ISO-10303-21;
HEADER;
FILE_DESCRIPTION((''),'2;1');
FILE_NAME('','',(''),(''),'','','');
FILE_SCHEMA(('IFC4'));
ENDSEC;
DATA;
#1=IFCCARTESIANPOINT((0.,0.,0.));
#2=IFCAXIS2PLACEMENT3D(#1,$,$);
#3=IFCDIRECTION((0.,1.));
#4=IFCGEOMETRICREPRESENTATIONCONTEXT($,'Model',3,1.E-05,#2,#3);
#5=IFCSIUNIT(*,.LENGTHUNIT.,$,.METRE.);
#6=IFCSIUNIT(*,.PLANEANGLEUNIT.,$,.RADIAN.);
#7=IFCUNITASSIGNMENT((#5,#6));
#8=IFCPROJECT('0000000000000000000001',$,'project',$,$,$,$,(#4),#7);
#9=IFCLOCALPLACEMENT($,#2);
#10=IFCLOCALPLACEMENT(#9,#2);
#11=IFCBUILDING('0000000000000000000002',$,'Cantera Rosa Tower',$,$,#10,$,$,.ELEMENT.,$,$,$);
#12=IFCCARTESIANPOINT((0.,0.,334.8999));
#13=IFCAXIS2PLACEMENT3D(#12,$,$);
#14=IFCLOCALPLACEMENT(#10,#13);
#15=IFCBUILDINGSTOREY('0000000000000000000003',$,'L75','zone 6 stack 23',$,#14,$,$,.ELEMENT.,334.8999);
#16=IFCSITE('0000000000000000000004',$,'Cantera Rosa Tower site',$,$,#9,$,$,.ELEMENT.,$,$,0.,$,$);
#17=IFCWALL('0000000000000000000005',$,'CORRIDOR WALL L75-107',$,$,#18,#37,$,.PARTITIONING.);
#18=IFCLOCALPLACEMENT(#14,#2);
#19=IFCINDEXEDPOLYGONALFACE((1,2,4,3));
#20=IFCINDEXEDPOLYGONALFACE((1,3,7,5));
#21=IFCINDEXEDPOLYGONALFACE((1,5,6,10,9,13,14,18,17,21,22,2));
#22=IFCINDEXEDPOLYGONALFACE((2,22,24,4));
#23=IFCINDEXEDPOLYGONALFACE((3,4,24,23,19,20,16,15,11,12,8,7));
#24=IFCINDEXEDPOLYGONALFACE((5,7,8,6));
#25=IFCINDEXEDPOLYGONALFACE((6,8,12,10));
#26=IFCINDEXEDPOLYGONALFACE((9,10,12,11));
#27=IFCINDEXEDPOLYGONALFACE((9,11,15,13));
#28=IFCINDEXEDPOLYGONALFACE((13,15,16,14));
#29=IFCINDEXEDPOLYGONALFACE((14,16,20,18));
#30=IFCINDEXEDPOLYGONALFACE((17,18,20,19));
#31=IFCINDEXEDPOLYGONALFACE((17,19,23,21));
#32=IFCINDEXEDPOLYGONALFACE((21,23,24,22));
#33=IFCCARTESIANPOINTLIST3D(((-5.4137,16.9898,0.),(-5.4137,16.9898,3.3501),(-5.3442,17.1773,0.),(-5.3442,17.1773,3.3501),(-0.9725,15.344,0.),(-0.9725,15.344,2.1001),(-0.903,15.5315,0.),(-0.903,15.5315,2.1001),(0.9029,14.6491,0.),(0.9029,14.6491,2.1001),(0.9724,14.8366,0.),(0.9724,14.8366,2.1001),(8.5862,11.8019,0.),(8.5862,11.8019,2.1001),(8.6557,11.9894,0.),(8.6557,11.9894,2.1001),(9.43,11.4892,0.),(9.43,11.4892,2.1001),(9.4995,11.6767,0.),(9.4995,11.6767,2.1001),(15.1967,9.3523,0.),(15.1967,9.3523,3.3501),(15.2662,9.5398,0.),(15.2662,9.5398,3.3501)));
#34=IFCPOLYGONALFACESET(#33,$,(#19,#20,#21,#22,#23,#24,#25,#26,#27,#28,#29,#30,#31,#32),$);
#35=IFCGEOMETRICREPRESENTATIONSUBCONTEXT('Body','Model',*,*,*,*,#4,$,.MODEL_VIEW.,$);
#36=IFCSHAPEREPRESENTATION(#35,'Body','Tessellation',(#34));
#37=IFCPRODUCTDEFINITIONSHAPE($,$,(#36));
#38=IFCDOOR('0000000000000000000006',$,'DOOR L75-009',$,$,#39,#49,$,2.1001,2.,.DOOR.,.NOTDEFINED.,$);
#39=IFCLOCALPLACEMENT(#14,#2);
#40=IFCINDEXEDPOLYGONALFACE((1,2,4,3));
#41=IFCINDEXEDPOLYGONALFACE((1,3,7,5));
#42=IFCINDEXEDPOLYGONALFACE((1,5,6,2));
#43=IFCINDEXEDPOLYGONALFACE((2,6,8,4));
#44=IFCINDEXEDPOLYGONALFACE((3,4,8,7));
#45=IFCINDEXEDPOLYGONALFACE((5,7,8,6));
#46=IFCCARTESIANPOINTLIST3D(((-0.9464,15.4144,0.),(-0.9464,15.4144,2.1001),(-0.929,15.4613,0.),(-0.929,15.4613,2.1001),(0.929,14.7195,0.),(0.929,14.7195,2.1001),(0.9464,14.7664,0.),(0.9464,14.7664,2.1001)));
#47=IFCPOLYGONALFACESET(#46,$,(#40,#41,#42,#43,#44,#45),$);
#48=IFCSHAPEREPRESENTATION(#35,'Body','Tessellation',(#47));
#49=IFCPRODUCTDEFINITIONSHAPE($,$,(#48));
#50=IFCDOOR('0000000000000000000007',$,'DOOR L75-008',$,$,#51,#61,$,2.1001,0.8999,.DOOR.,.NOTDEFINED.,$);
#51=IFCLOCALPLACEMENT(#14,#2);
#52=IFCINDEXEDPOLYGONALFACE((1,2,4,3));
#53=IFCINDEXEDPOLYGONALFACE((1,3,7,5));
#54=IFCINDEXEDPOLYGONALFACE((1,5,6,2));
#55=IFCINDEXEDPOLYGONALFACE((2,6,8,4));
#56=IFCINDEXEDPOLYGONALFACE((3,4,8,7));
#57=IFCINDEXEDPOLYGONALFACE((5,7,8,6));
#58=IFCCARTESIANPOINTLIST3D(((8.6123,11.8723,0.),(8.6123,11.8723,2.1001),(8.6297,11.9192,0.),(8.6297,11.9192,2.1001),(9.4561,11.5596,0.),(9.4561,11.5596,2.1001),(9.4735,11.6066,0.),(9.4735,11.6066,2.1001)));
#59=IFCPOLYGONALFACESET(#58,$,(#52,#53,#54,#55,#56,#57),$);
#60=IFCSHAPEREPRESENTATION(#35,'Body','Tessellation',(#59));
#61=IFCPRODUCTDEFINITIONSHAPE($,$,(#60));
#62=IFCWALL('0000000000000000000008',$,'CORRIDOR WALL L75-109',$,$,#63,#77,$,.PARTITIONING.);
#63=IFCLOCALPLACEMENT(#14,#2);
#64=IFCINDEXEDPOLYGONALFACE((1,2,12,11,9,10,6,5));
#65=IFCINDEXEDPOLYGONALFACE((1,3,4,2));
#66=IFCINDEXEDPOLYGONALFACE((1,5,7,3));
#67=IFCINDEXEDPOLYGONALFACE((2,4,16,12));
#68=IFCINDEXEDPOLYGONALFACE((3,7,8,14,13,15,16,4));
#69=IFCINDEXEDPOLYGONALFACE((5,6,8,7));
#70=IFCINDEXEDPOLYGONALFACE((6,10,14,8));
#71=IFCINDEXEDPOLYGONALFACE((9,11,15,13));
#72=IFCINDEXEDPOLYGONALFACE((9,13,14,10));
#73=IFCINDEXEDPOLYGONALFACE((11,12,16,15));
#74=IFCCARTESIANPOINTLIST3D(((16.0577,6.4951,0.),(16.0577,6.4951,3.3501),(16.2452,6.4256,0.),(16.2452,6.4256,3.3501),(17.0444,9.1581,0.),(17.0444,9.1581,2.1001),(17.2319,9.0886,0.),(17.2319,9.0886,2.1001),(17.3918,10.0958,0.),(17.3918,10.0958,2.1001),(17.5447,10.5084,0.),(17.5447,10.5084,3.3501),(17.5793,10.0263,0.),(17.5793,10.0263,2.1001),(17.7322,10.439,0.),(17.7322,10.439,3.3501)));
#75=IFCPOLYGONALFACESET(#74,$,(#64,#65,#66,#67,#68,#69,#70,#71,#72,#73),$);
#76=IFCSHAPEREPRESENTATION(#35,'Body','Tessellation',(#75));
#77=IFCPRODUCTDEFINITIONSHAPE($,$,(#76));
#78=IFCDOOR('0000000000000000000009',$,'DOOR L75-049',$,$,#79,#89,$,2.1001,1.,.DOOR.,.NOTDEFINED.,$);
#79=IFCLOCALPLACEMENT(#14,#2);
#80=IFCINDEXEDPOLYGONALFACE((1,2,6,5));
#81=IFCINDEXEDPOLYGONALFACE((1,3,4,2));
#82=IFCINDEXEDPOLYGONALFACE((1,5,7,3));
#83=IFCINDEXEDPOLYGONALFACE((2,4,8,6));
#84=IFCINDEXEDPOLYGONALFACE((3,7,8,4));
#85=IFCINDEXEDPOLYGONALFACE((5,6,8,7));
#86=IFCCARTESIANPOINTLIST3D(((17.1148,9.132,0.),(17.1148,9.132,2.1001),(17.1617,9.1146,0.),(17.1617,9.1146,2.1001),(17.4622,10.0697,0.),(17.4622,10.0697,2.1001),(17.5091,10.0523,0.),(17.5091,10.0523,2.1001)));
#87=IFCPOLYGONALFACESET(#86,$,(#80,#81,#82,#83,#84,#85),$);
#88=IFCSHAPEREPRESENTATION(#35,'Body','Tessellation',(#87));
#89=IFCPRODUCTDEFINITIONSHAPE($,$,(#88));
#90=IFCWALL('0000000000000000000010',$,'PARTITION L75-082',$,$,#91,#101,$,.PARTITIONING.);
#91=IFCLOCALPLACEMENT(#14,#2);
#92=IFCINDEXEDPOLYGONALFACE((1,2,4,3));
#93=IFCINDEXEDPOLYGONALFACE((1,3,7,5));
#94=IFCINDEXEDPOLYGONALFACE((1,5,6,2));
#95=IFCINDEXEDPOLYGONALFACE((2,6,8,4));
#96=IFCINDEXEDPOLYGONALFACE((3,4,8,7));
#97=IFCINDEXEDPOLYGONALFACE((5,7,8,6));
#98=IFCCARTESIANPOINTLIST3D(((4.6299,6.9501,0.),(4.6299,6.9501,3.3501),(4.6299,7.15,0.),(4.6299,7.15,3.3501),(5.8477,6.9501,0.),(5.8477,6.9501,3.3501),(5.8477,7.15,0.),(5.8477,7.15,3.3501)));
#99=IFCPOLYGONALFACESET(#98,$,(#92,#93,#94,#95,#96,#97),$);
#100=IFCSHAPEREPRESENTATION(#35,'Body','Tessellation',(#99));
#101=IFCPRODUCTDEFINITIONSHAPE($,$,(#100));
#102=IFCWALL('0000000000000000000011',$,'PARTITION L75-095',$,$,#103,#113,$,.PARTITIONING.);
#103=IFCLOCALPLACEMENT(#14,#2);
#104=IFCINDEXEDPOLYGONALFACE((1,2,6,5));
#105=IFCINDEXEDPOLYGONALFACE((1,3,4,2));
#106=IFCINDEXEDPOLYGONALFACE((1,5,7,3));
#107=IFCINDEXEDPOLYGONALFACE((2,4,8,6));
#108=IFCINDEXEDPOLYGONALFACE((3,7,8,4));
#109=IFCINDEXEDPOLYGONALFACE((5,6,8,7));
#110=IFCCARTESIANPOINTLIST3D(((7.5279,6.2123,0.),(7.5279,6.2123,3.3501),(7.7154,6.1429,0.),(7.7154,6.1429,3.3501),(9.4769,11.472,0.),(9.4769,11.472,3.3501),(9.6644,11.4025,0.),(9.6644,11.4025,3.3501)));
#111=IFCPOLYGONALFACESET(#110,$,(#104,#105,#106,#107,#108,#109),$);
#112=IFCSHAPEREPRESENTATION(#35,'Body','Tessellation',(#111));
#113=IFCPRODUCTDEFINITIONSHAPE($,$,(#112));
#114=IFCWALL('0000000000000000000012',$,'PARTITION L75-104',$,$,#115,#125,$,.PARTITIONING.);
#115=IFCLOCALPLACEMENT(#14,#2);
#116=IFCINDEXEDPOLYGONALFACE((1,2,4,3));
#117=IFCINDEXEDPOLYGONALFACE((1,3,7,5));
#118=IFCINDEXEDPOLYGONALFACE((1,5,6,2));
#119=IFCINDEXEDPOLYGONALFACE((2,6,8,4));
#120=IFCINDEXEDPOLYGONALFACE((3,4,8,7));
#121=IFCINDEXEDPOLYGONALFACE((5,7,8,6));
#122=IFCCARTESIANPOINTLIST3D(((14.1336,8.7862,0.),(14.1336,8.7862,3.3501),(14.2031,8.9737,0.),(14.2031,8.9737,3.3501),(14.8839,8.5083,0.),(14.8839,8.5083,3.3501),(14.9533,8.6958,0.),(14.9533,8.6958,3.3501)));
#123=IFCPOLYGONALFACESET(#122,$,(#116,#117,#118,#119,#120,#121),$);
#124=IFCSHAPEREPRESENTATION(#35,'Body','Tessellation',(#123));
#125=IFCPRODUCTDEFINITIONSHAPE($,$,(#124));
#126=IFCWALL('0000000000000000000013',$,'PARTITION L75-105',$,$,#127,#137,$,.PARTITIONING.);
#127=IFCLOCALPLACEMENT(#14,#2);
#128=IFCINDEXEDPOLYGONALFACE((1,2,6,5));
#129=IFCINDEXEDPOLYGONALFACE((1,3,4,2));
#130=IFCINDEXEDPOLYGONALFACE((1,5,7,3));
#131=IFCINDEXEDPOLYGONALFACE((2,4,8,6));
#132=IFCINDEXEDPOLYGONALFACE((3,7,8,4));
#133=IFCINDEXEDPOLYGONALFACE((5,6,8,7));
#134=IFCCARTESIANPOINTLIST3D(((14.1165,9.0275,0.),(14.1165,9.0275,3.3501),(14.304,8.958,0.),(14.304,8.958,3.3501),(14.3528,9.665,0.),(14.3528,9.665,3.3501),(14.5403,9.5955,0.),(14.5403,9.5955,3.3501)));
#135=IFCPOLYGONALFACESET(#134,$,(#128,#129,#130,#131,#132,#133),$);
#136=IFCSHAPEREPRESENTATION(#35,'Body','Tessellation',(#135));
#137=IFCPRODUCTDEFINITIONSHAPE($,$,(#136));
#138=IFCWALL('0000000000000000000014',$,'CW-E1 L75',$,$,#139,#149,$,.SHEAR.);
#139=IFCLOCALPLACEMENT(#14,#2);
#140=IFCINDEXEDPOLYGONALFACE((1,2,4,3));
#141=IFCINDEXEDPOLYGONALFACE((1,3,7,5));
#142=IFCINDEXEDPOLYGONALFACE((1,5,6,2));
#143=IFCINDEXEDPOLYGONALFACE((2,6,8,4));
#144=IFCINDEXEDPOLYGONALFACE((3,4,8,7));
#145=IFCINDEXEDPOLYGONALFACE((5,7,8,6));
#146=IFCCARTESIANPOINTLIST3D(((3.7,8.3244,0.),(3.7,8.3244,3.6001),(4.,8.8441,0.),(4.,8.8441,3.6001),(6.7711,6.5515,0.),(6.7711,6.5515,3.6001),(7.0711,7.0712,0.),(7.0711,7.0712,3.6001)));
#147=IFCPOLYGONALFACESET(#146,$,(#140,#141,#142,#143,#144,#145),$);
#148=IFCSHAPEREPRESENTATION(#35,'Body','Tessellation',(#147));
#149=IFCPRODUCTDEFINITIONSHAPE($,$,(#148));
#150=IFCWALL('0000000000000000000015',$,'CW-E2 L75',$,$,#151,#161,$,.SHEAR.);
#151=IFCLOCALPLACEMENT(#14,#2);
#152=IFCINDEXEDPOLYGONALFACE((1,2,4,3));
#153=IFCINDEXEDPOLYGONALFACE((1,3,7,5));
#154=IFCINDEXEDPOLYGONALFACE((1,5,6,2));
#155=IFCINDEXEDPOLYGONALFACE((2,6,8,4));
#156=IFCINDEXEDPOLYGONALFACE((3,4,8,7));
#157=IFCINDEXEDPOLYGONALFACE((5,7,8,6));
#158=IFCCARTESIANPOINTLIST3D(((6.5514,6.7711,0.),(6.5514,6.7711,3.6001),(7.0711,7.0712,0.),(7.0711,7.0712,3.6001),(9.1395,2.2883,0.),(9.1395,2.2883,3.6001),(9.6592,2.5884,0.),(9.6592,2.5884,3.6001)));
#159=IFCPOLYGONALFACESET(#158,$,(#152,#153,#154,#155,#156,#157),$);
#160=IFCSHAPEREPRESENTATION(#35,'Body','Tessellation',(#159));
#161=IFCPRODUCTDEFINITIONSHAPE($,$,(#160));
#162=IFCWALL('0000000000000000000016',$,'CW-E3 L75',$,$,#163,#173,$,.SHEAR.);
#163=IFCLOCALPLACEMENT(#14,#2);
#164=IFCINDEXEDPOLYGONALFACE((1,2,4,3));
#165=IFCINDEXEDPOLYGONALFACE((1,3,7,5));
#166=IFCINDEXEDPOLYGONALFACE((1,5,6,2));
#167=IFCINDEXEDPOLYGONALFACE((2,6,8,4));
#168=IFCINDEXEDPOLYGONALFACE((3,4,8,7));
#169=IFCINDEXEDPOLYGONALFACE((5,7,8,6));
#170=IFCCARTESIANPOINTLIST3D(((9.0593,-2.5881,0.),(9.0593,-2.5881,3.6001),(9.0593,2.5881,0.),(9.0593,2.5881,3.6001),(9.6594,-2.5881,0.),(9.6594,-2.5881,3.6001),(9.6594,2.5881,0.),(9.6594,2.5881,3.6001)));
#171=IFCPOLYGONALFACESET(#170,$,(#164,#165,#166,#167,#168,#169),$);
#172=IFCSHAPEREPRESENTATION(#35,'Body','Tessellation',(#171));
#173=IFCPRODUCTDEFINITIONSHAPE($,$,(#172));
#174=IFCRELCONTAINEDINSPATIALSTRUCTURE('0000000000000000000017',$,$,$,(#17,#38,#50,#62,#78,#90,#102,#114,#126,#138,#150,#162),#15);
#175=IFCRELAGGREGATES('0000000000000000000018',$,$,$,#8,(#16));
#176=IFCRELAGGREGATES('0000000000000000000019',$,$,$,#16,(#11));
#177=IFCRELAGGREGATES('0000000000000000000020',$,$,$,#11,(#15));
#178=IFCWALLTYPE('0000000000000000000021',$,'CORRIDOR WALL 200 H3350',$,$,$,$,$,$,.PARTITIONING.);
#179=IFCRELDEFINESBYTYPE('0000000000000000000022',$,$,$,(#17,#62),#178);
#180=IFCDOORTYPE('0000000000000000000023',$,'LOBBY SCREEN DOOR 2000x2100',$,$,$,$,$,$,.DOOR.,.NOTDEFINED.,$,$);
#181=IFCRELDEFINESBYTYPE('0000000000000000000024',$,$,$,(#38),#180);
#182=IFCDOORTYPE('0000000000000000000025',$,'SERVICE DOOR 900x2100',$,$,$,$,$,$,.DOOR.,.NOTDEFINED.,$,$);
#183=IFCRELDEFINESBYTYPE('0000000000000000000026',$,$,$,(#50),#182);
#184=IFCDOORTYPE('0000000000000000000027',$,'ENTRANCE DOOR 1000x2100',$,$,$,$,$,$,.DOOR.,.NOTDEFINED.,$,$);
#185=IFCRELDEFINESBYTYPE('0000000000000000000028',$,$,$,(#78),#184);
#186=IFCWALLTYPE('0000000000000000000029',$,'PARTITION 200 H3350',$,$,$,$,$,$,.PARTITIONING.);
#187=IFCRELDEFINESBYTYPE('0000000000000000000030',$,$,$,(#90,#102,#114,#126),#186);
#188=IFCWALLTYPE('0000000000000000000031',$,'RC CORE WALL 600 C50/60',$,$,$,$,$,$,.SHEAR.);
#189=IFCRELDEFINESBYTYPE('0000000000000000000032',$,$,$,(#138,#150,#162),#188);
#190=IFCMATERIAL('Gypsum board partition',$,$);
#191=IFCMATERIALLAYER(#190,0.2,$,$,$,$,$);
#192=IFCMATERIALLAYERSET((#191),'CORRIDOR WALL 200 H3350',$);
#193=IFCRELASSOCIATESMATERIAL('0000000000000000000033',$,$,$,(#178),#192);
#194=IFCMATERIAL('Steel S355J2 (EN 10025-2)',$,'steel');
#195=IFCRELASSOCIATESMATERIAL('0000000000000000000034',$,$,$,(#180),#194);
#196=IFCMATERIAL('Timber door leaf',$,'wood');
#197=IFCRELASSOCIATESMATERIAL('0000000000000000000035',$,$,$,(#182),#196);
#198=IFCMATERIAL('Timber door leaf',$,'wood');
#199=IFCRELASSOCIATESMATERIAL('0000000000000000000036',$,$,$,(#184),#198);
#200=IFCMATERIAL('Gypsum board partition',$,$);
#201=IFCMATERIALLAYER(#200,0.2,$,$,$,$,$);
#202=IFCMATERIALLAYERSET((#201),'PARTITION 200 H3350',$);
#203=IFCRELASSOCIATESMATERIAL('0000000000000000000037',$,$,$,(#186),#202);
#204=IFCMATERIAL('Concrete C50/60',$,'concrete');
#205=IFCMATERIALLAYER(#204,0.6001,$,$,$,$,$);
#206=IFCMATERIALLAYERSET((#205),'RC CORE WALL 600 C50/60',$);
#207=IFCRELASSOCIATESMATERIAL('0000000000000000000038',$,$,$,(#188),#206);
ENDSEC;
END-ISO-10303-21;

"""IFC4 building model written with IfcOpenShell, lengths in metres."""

from ifc_helpers import new_model, si_unit, direction, frame, frame_2d, origin, place, context, subcontext, project, spatial, rectangle, extrude, material, layer, layer_set, type_object, element, fill, save


model = new_model("IFC4")

# Units and contexts
model_context = context("Model", 3, precision=1e-05, world=origin(), true_north=direction((0.0, 1.0)))
body_context = subcontext(model_context, "Body", "Model", "MODEL_VIEW")
ifc_project = project(units=[si_unit("LENGTHUNIT", "METRE"), si_unit("PLANEANGLEUNIT", "RADIAN")], contexts=[model_context])

# Site, building, storey
site_placement = place(None, origin())
site = spatial("IfcSite", under=ifc_project, at=site_placement, Name="Cantera Rosa Tower site", CompositionType="ELEMENT", RefElevation=0.0)
building_placement = place(site_placement, origin())
building = spatial("IfcBuilding", under=site, at=building_placement, Name="Cantera Rosa Tower", CompositionType="ELEMENT")
storey_placement = place(building_placement, frame((0.0, 0.0, 334.8999)))
storey = spatial("IfcBuildingStorey", under=building, at=storey_placement, Name="L75", Description="zone 6 stack 23", CompositionType="ELEMENT", Elevation=334.8999)

# Shared definitions
ifc_material_1 = material(Name="Gypsum board partition")
ifc_layer_1 = layer(ifc_material_1, 0.2)
ifc_layer_set_1 = layer_set([ifc_layer_1], Name="CORRIDOR WALL 200 H3350")
wall_type_1 = type_object("IfcWallType", Name="CORRIDOR WALL 200 H3350", PredefinedType="PARTITIONING", material=ifc_layer_set_1)

# Wall, openings, doors
wall_1_placement = place(storey_placement, frame((15.2314, 9.446, 0.0), z_axis=(0.0, 0.0, 1.0), x_axis=(-0.93769, 0.347474, 0.0)))
wall_1 = element("IfcWall", 1, at=wall_1_placement, inside=storey, type_object=wall_type_1, Name="CORRIDOR WALL L75-107", PredefinedType="PARTITIONING", context=body_context, shape_type="SweptSolid", body=[
    extrude(rectangle(XDim=21.98, YDim=0.2, at=frame_2d((10.99, 0.0))), origin(), (0.0, 0.0, 1.0), 3.3501),
])
opening_1_placement = place(wall_1_placement, frame((6.1499, 0.0, 0.0)))
opening_1 = element("IfcOpeningElement", 2, at=opening_1_placement, cuts=wall_1, PredefinedType="OPENING", context=body_context, shape_type="SweptSolid", body=[
    extrude(rectangle(XDim=0.8999, YDim=2.1001, at=frame_2d((0.45, 1.05))), frame((0.0, 0.1099, 0.0), z_axis=(0.0, -1.0, 0.0), x_axis=(1.0, 0.0, 0.0)), (0.0, 0.0, 1.0), 0.22),
])
opening_2_placement = place(wall_1_placement, frame((15.2437, 0.0, 0.0)))
opening_2 = element("IfcOpeningElement", 3, at=opening_2_placement, cuts=wall_1, PredefinedType="OPENING", context=body_context, shape_type="SweptSolid", body=[
    extrude(rectangle(XDim=2.0, YDim=2.1001, at=frame_2d((1.0, 1.05))), frame((0.0, 0.1099, 0.0), z_axis=(0.0, -1.0, 0.0), x_axis=(1.0, 0.0, 0.0)), (0.0, 0.0, 1.0), 0.22),
])
ifc_material_2 = material(Name="Steel S355J2 (EN 10025-2)", Category="steel")
door_type_1 = type_object("IfcDoorType", Name="LOBBY SCREEN DOOR 2000x2100", OperationType="NOTDEFINED", PredefinedType="DOOR", material=ifc_material_2)
door_1_placement = place(opening_2_placement, origin())
door_1 = element("IfcDoor", 4, at=door_1_placement, inside=storey, type_object=door_type_1, Name="DOOR L75-009", OperationType="NOTDEFINED", OverallHeight=2.1001, OverallWidth=2.0, PredefinedType="DOOR", context=body_context, shape_type="SweptSolid", body=[
    extrude(rectangle(XDim=2.0, YDim=2.1001, at=frame_2d((1.0, 1.05))), frame((0.0, 0.0249, 0.0), z_axis=(0.0, -1.0, 0.0), x_axis=(1.0, 0.0, 0.0)), (0.0, 0.0, 1.0), 0.05),
])
fill(opening_2, door_1)
ifc_material_3 = material(Name="Timber door leaf", Category="wood")
door_type_2 = type_object("IfcDoorType", Name="SERVICE DOOR 900x2100", OperationType="NOTDEFINED", PredefinedType="DOOR", material=ifc_material_3)
door_2_placement = place(opening_1_placement, origin())
door_2 = element("IfcDoor", 5, at=door_2_placement, inside=storey, type_object=door_type_2, Name="DOOR L75-008", OperationType="NOTDEFINED", OverallHeight=2.1001, OverallWidth=0.8999, PredefinedType="DOOR", context=body_context, shape_type="SweptSolid", body=[
    extrude(rectangle(XDim=0.8999, YDim=2.1001, at=frame_2d((0.45, 1.05))), frame((0.0, 0.0249, 0.0), z_axis=(0.0, -1.0, 0.0), x_axis=(1.0, 0.0, 0.0)), (0.0, 0.0, 1.0), 0.05),
])
fill(opening_1, door_2)

# Wall, opening, door
wall_2_placement = place(storey_placement, frame((16.1514, 6.4602, 0.0), z_axis=(0.0, 0.0, 1.0), x_axis=(0.347439, 0.937703, 0.0)))
wall_2 = element("IfcWall", 6, at=wall_2_placement, inside=storey, type_object=wall_type_1, Name="CORRIDOR WALL L75-109", PredefinedType="PARTITIONING", context=body_context, shape_type="SweptSolid", body=[
    extrude(rectangle(XDim=4.28, YDim=0.2, at=frame_2d((2.1401, 0.0))), origin(), (0.0, 0.0, 1.0), 3.3501),
])
opening_3_placement = place(wall_2_placement, frame((2.8401, 0.0, 0.0)))
opening_3 = element("IfcOpeningElement", 7, at=opening_3_placement, cuts=wall_2, PredefinedType="OPENING", context=body_context, shape_type="SweptSolid", body=[
    extrude(rectangle(XDim=1.0, YDim=2.1001, at=frame_2d((0.5, 1.05))), frame((0.0, 0.1099, 0.0), z_axis=(0.0, -1.0, 0.0), x_axis=(1.0, 0.0, 0.0)), (0.0, 0.0, 1.0), 0.22),
])
ifc_material_4 = material(Name="Timber door leaf", Category="wood")
door_type_3 = type_object("IfcDoorType", Name="ENTRANCE DOOR 1000x2100", OperationType="NOTDEFINED", PredefinedType="DOOR", material=ifc_material_4)
door_3_placement = place(opening_3_placement, origin())
door_3 = element("IfcDoor", 8, at=door_3_placement, inside=storey, type_object=door_type_3, Name="DOOR L75-049", OperationType="NOTDEFINED", OverallHeight=2.1001, OverallWidth=1.0, PredefinedType="DOOR", context=body_context, shape_type="SweptSolid", body=[
    extrude(rectangle(XDim=1.0, YDim=2.1001, at=frame_2d((0.5, 1.05))), frame((0.0, 0.0249, 0.0), z_axis=(0.0, -1.0, 0.0), x_axis=(1.0, 0.0, 0.0)), (0.0, 0.0, 1.0), 0.05),
])
fill(opening_3, door_3)

# Walls
ifc_material_5 = material(Name="Gypsum board partition")
ifc_layer_2 = layer(ifc_material_5, 0.2)
ifc_layer_set_2 = layer_set([ifc_layer_2], Name="PARTITION 200 H3350")
wall_type_2 = type_object("IfcWallType", Name="PARTITION 200 H3350", PredefinedType="PARTITIONING", material=ifc_layer_set_2)
wall_3_placement = place(storey_placement, frame((4.6299, 7.05, 0.0), z_axis=(0.0, 0.0, 1.0), x_axis=(1.0, 0.0, 0.0)))
element("IfcWall", 9, at=wall_3_placement, inside=storey, type_object=wall_type_2, Name="PARTITION L75-082", PredefinedType="PARTITIONING", context=body_context, shape_type="SweptSolid", body=[
    extrude(rectangle(XDim=1.2178, YDim=0.2, at=frame_2d((0.6089, 0.0))), origin(), (0.0, 0.0, 1.0), 3.3501),
])
wall_4_placement = place(storey_placement, frame((7.6216, 6.1775, 0.0), z_axis=(0.0, 0.0, 1.0), x_axis=(0.347472, 0.93769, 0.0)))
element("IfcWall", 10, at=wall_4_placement, inside=storey, type_object=wall_type_2, Name="PARTITION L75-095", PredefinedType="PARTITIONING", context=body_context, shape_type="SweptSolid", body=[
    extrude(rectangle(XDim=5.6091, YDim=0.2, at=frame_2d((2.8047, 0.0))), origin(), (0.0, 0.0, 1.0), 3.3501),
])
wall_5_placement = place(storey_placement, frame((14.1685, 8.8799, 0.0), z_axis=(0.0, 0.0, 1.0), x_axis=(0.937763, -0.347275, 0.0)))
element("IfcWall", 11, at=wall_5_placement, inside=storey, type_object=wall_type_2, Name="PARTITION L75-104", PredefinedType="PARTITIONING", context=body_context, shape_type="SweptSolid", body=[
    extrude(rectangle(XDim=0.8, YDim=0.2, at=frame_2d((0.3999, 0.0))), origin(), (0.0, 0.0, 1.0), 3.3501),
])
wall_6_placement = place(storey_placement, frame((14.4465, 9.6301, 0.0), z_axis=(0.0, 0.0, 1.0), x_axis=(-0.347618, -0.937636, 0.0)))
element("IfcWall", 12, at=wall_6_placement, inside=storey, type_object=wall_type_2, Name="PARTITION L75-105", PredefinedType="PARTITIONING", context=body_context, shape_type="SweptSolid", body=[
    extrude(rectangle(XDim=0.6799, YDim=0.2, at=frame_2d((0.3398, 0.0))), origin(), (0.0, 0.0, 1.0), 3.3501),
])
ifc_material_6 = material(Name="Concrete C50/60", Category="concrete")
ifc_layer_3 = layer(ifc_material_6, 0.6001)
ifc_layer_set_3 = layer_set([ifc_layer_3], Name="RC CORE WALL 600 C50/60")
wall_type_3 = type_object("IfcWallType", Name="RC CORE WALL 600 C50/60", PredefinedType="SHEAR", material=ifc_layer_set_3)
wall_7_placement = place(storey_placement, frame((3.8501, 8.5842, 0.0), z_axis=(0.0, 0.0, 1.0), x_axis=(0.86604, -0.499975, 0.0)))
element("IfcWall", 13, at=wall_7_placement, inside=storey, type_object=wall_type_3, Name="CW-E1 L75", PredefinedType="SHEAR", context=body_context, shape_type="SweptSolid", body=[
    extrude(rectangle(XDim=3.5461, YDim=0.6001, at=frame_2d((1.7729, 0.0))), origin(), (0.0, 0.0, 1.0), 3.6001),
])
for number, where, z_axis, x_axis, name in (
    (14, (6.8113, 6.9211, 0.0), (0.0, 0.0, 1.0), (0.499989, -0.866032, 0.0), "CW-E2 L75"),
    (15, (9.3594, 2.5881, 0.0), (0.0, 0.0, 1.0), (0.0, -1.0, 0.0), "CW-E3 L75"),
):
    element("IfcWall", number, at=place(storey_placement, frame(where, z_axis=z_axis, x_axis=x_axis)), inside=storey, type_object=wall_type_3, Name=name, PredefinedType="SHEAR", context=body_context, shape_type="SweptSolid", body=[
        extrude(rectangle(XDim=5.1763, YDim=0.6001, at=frame_2d((2.5881, 0.0))), origin(), (0.0, 0.0, 1.0), 3.6001),
    ])

save(model, "model.ifc")
